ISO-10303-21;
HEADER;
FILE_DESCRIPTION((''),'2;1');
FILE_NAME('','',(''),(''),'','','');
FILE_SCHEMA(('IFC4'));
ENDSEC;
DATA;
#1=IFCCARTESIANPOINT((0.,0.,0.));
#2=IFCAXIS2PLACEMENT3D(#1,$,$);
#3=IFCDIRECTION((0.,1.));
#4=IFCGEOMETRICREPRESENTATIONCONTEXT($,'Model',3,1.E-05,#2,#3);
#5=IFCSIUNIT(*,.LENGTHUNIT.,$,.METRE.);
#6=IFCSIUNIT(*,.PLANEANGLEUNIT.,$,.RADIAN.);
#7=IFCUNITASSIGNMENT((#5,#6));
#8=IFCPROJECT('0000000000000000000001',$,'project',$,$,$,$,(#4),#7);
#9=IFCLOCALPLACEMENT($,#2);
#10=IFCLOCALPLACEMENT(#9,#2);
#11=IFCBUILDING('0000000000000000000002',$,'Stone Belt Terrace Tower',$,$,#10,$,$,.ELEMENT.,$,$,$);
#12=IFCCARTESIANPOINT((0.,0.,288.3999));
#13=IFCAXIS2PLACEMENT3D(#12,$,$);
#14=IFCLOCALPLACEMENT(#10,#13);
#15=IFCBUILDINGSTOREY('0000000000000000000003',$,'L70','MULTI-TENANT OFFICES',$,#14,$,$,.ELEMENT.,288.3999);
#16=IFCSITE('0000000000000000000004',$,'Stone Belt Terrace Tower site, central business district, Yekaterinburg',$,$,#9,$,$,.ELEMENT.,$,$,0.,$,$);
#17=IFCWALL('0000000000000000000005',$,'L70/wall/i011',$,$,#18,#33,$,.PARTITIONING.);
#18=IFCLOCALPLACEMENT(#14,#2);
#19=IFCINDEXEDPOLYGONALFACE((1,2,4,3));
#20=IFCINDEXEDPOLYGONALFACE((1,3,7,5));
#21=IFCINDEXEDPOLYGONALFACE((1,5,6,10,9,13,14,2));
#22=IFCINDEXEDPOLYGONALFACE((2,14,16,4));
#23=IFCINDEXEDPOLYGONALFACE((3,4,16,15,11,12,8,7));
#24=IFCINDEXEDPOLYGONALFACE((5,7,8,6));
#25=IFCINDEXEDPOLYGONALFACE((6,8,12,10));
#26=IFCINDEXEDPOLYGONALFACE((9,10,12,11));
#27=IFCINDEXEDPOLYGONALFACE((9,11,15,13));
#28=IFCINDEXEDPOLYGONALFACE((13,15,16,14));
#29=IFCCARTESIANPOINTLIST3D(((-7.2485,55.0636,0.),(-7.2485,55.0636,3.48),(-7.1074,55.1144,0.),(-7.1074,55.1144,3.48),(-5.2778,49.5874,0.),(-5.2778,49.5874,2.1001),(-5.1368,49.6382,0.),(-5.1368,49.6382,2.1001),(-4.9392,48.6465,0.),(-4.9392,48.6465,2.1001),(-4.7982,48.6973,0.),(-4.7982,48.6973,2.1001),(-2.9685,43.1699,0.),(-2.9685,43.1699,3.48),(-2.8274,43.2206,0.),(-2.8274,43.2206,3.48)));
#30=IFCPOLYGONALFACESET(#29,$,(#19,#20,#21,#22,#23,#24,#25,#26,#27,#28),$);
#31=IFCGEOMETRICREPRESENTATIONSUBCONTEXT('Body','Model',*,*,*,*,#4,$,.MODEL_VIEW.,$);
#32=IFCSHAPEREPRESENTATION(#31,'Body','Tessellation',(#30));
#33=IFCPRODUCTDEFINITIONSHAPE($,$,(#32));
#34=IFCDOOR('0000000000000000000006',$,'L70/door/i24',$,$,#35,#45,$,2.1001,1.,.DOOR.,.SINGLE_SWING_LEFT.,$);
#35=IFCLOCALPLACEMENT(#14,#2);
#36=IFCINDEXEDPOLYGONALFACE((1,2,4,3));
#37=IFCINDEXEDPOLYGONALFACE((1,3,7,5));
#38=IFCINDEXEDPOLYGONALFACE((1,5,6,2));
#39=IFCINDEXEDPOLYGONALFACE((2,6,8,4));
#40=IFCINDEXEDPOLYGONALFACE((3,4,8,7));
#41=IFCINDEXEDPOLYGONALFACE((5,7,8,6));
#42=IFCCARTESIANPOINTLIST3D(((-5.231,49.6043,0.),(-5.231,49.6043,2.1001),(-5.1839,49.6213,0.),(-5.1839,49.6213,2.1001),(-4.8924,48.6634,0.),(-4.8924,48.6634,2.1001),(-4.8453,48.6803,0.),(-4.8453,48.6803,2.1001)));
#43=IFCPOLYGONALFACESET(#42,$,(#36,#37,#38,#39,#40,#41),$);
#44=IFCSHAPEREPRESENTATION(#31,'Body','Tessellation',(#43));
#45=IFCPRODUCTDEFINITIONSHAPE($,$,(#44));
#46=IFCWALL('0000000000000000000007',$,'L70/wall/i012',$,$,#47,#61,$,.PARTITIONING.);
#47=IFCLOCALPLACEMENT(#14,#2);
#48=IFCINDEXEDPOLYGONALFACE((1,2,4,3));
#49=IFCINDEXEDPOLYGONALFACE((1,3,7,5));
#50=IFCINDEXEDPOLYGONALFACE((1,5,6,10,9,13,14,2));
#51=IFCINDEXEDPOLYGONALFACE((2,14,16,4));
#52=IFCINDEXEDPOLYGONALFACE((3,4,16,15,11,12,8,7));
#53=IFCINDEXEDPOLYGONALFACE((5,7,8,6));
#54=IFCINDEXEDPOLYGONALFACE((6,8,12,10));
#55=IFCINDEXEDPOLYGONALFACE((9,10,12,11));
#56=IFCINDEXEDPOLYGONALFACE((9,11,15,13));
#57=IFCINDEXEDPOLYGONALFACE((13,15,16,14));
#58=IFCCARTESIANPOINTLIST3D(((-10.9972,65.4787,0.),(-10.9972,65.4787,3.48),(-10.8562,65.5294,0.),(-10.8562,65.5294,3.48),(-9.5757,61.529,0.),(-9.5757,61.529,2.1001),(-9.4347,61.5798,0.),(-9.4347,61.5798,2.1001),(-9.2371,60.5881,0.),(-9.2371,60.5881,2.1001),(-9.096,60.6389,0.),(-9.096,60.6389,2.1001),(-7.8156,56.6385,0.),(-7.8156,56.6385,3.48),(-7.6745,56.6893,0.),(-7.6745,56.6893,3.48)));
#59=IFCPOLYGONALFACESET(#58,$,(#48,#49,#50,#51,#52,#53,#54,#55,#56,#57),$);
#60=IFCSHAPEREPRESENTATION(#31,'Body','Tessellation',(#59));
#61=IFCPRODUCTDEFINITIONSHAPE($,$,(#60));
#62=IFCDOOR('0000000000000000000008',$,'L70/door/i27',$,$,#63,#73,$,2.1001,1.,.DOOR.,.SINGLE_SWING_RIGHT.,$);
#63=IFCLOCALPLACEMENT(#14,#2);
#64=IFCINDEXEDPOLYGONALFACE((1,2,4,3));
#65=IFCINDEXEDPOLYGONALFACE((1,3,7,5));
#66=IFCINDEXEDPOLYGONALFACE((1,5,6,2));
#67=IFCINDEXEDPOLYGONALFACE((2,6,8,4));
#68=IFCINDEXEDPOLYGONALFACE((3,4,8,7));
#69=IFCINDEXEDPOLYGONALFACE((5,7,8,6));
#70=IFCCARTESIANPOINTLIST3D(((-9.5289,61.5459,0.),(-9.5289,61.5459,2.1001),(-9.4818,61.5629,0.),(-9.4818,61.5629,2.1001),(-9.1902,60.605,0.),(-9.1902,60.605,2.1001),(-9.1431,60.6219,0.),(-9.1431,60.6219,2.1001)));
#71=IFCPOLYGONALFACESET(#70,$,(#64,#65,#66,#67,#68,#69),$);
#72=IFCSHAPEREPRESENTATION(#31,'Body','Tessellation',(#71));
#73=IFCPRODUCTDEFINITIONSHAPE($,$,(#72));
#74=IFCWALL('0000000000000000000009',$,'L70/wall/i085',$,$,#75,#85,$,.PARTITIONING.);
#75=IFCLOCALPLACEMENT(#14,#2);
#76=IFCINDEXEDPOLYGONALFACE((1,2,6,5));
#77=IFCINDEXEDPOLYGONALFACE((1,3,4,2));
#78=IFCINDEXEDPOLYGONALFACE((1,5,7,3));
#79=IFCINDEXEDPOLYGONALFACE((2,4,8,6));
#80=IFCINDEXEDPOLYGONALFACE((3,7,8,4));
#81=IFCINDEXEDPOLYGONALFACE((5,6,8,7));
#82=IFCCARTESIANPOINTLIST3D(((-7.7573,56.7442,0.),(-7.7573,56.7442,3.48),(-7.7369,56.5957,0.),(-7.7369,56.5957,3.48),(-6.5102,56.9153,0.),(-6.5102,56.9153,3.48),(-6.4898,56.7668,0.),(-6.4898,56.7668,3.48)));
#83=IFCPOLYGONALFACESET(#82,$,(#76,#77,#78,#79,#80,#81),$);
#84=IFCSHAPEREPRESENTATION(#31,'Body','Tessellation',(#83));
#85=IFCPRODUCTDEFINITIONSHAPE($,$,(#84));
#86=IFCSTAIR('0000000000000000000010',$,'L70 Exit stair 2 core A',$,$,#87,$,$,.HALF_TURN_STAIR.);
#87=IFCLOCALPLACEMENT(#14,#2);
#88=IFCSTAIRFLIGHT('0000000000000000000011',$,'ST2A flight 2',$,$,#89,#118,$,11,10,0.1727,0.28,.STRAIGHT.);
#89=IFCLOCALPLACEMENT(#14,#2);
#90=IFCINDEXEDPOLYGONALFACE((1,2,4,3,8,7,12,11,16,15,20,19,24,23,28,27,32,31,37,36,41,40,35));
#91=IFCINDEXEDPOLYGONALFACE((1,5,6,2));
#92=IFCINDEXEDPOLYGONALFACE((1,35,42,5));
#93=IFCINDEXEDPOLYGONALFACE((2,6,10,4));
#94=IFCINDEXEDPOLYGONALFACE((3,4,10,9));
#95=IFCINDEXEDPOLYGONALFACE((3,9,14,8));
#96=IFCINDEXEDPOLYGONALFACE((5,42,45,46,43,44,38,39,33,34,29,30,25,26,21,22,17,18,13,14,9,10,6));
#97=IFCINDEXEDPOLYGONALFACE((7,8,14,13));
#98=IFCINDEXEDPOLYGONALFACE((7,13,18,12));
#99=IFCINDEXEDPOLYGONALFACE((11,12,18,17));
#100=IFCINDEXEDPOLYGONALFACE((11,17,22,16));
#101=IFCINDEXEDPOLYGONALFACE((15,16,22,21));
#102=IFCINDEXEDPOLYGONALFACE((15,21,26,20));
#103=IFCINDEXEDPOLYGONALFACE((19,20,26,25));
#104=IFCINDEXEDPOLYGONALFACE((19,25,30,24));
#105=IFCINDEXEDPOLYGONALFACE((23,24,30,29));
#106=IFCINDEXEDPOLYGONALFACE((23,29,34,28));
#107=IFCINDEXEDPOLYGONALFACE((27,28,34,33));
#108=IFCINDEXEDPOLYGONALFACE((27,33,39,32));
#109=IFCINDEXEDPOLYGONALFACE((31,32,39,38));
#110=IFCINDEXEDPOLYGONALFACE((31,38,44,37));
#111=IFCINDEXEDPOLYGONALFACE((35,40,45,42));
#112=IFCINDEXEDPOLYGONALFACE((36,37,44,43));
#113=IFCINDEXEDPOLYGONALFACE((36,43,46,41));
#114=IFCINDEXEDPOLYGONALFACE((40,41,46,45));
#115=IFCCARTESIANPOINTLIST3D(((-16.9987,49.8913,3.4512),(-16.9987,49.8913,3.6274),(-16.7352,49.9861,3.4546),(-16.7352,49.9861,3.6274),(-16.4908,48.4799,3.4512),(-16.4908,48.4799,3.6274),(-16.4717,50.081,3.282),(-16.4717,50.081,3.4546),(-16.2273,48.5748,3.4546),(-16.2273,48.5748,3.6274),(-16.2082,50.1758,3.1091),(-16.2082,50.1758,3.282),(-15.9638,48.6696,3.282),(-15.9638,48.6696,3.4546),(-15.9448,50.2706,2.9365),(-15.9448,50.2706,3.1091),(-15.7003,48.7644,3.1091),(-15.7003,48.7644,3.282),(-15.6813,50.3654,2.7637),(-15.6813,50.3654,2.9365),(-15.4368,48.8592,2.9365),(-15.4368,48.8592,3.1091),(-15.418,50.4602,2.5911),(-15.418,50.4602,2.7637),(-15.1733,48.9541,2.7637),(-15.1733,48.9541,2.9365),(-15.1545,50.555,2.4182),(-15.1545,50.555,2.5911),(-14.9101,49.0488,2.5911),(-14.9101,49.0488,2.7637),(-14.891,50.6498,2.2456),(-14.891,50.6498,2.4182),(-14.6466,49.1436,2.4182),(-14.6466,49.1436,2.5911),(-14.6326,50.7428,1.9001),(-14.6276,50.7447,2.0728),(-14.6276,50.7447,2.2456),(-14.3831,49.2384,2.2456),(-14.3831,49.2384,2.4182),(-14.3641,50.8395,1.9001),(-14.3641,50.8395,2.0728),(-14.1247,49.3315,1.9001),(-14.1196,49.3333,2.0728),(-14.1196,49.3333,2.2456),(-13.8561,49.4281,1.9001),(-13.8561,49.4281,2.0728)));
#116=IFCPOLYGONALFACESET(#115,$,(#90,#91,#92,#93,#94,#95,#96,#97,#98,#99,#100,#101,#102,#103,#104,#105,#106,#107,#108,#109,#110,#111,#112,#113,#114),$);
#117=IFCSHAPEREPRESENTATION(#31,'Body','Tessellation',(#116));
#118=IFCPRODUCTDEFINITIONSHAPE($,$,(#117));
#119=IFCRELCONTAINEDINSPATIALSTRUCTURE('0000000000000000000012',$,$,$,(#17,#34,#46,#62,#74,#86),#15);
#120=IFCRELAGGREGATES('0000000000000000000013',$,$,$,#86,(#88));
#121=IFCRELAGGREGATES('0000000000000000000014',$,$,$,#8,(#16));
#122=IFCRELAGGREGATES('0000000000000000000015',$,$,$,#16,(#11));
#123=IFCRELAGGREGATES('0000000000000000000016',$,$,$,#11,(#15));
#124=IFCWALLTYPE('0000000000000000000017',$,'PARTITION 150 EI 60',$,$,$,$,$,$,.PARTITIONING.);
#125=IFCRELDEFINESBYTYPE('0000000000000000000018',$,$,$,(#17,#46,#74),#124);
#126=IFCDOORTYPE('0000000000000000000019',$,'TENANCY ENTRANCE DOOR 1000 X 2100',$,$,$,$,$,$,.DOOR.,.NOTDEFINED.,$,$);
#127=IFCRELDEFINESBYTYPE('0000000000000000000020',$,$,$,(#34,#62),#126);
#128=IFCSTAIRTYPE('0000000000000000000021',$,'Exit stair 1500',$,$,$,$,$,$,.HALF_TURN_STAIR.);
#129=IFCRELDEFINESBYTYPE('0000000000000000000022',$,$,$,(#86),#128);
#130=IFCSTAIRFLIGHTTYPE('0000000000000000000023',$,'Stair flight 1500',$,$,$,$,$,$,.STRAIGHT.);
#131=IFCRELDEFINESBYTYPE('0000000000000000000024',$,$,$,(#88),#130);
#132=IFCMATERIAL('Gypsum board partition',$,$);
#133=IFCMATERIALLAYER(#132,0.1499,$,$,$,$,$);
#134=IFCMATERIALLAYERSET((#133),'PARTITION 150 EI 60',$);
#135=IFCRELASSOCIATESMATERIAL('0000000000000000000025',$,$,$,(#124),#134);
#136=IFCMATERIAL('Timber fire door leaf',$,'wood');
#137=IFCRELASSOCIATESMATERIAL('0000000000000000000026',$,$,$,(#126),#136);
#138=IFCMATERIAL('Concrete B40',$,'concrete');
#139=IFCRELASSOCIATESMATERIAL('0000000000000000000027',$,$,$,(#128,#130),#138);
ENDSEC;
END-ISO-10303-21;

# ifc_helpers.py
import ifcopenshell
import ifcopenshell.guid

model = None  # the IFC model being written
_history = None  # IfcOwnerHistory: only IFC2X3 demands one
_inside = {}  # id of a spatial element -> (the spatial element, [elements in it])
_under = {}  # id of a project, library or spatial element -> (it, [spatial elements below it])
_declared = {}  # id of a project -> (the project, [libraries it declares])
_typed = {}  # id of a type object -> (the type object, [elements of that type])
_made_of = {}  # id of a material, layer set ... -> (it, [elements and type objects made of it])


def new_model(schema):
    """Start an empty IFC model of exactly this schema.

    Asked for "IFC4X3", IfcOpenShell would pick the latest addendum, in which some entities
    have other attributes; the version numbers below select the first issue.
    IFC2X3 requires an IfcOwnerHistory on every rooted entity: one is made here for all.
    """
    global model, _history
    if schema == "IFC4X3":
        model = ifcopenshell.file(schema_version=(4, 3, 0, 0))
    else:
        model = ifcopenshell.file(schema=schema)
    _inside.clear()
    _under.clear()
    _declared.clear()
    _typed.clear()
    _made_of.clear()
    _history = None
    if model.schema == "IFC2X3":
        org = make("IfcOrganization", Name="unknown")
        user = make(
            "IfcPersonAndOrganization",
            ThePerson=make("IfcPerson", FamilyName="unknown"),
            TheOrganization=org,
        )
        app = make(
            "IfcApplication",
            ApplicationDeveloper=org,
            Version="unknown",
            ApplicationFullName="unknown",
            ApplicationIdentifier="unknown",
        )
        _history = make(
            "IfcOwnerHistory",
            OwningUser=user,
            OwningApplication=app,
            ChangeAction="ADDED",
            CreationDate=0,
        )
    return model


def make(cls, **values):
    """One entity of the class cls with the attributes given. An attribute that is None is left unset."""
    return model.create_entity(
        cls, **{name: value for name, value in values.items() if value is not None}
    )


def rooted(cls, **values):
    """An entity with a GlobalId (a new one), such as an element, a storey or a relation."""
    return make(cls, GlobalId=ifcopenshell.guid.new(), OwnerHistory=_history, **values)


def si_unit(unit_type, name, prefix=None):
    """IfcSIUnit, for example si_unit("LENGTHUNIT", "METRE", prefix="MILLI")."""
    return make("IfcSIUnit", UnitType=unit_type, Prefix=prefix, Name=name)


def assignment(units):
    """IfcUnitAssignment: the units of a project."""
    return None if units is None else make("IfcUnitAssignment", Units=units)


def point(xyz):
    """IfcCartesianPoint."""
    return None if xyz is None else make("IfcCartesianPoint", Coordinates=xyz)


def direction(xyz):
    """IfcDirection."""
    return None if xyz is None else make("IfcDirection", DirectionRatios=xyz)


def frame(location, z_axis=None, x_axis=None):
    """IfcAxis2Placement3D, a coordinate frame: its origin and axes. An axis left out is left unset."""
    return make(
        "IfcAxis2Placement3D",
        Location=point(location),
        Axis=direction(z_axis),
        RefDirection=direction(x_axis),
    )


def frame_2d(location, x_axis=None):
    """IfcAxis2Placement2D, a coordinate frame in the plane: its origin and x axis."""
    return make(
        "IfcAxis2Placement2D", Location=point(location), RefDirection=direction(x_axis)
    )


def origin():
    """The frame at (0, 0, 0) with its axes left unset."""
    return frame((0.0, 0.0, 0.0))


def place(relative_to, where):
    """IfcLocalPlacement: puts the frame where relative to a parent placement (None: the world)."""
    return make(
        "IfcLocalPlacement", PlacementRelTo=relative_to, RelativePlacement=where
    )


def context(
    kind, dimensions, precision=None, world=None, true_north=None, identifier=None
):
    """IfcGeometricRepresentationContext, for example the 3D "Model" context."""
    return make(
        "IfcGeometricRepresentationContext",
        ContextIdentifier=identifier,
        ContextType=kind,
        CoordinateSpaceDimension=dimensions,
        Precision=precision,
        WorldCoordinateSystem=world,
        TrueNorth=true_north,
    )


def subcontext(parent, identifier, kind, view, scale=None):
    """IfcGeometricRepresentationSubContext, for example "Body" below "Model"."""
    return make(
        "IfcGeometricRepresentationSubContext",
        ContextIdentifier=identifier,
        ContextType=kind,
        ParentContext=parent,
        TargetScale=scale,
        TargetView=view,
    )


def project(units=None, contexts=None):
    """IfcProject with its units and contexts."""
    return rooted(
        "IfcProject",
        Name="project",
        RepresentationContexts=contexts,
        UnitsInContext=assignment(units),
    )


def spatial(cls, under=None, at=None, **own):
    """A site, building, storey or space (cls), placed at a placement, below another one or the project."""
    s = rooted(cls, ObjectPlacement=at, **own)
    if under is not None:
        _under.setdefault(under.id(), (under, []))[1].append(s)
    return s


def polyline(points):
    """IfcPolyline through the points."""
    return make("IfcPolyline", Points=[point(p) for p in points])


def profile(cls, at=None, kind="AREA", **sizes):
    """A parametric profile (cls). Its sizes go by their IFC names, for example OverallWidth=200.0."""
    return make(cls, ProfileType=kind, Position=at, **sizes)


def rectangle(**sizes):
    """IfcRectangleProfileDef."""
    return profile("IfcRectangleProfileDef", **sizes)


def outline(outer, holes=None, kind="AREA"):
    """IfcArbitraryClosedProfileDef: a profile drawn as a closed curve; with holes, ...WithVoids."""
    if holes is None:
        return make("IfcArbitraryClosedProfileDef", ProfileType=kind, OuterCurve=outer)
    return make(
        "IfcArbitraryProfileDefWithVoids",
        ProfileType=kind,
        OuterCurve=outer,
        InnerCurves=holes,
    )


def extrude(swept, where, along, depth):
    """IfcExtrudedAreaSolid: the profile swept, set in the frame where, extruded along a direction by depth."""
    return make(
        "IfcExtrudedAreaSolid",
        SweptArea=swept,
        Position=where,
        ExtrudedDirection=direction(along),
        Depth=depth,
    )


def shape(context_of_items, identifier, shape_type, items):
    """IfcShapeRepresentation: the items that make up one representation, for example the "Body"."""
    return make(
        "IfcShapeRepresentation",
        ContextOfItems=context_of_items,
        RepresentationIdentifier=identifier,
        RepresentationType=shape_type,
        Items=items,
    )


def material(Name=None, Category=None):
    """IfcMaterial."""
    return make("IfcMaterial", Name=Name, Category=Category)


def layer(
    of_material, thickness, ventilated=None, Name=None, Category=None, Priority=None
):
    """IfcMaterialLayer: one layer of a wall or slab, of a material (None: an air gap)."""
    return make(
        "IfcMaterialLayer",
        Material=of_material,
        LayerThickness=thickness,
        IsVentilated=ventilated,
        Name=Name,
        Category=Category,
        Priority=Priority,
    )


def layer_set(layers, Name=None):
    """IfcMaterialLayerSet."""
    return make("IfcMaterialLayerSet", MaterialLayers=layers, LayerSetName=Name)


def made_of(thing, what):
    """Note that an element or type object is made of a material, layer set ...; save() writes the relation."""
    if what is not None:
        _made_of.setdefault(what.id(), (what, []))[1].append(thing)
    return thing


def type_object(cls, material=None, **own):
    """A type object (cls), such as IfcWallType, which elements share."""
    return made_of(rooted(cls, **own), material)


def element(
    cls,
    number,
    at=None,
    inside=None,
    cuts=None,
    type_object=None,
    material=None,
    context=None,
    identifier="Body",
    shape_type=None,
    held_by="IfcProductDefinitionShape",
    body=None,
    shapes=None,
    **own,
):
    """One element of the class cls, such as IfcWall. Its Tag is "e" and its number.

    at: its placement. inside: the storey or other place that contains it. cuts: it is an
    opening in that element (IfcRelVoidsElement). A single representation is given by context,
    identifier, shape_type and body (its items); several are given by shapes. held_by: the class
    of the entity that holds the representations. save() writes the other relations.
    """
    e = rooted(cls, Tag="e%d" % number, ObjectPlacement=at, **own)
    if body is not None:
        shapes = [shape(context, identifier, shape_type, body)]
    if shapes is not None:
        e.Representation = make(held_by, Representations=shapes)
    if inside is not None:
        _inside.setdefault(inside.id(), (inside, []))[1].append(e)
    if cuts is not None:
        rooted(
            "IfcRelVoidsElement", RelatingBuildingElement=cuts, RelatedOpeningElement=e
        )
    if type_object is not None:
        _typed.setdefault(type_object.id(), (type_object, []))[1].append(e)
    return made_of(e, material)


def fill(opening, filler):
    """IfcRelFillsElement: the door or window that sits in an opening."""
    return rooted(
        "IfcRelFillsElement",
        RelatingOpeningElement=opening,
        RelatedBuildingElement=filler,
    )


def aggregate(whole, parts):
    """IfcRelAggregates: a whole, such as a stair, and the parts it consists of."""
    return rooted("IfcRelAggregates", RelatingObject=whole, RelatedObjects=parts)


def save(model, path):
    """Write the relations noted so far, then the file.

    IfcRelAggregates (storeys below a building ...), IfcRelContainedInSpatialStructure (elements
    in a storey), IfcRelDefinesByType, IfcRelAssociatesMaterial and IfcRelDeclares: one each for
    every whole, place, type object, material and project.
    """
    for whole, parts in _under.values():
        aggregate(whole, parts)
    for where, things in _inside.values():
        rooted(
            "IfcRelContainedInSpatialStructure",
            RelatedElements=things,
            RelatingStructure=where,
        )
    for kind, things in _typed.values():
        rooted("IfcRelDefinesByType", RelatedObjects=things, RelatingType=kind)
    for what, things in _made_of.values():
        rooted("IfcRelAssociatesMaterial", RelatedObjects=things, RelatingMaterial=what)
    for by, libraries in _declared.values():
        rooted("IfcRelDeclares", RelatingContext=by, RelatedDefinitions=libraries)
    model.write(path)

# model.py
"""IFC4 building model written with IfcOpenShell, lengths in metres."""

from ifc_helpers import new_model, si_unit, direction, frame, frame_2d, origin, place, context, subcontext, project, spatial, polyline, rectangle, outline, extrude, material, layer, layer_set, type_object, element, fill, aggregate, save


model = new_model("IFC4")

# Units and contexts
model_context = context("Model", 3, precision=1e-05, world=origin(), true_north=direction((0.0, 1.0)))
body_context = subcontext(model_context, "Body", "Model", "MODEL_VIEW")
ifc_project = project(units=[si_unit("LENGTHUNIT", "METRE"), si_unit("PLANEANGLEUNIT", "RADIAN")], contexts=[model_context])

# Site, building, storey
site_placement = place(None, origin())
site = spatial("IfcSite", under=ifc_project, at=site_placement, Name="Stone Belt Terrace Tower site, central business district, Yekaterinburg", CompositionType="ELEMENT", RefElevation=0.0)
building_placement = place(site_placement, origin())
building = spatial("IfcBuilding", under=site, at=building_placement, Name="Stone Belt Terrace Tower", CompositionType="ELEMENT")
storey_placement = place(building_placement, frame((0.0, 0.0, 288.3999)))
storey = spatial("IfcBuildingStorey", under=building, at=storey_placement, Name="L70", Description="MULTI-TENANT OFFICES", CompositionType="ELEMENT", Elevation=288.3999)

# Walls, openings, doors
ifc_material_1 = material(Name="Gypsum board partition")
ifc_layer_1 = layer(ifc_material_1, 0.1499)
ifc_layer_set_1 = layer_set([ifc_layer_1], Name="PARTITION 150 EI 60")
wall_type_1 = type_object("IfcWallType", Name="PARTITION 150 EI 60", PredefinedType="PARTITIONING", material=ifc_layer_set_1)
wall_1_placement = place(storey_placement, frame((-7.178, 55.0891, 0.0), z_axis=(0.0, 0.0, 1.0), x_axis=(0.338598, -0.940931, 0.0)))
wall_1 = element("IfcWall", 1, at=wall_1_placement, inside=storey, type_object=wall_type_1, Name="L70/wall/i011", PredefinedType="PARTITIONING", context=body_context, shape_type="SweptSolid", body=[
    extrude(rectangle(XDim=12.6404, YDim=0.1499, at=frame_2d((6.3203, 0.0))), origin(), (0.0, 0.0, 1.0), 3.48),
])
opening_1_placement = place(wall_1_placement, frame((5.8201, 0.0, 0.0)))
opening_1 = element("IfcOpeningElement", 2, at=opening_1_placement, cuts=wall_1, PredefinedType="OPENING", context=body_context, shape_type="SweptSolid", body=[
    extrude(rectangle(XDim=1.0, YDim=2.1001, at=frame_2d((0.5, 1.05))), frame((0.0, 0.085, 0.0), z_axis=(0.0, -1.0, 0.0), x_axis=(1.0, 0.0, 0.0)), (0.0, 0.0, 1.0), 0.1699),
])
ifc_material_2 = material(Name="Timber fire door leaf", Category="wood")
door_type_1 = type_object("IfcDoorType", Name="TENANCY ENTRANCE DOOR 1000 X 2100", OperationType="NOTDEFINED", PredefinedType="DOOR", material=ifc_material_2)
door_1_placement = place(opening_1_placement, origin())
door_1 = element("IfcDoor", 3, at=door_1_placement, inside=storey, type_object=door_type_1, Name="L70/door/i24", OperationType="SINGLE_SWING_LEFT", OverallHeight=2.1001, OverallWidth=1.0, PredefinedType="DOOR", context=body_context, shape_type="SweptSolid", body=[
    extrude(rectangle(XDim=1.0, YDim=2.1001, at=frame_2d((0.5, 1.05))), frame((0.0, 0.0249, 0.0), z_axis=(0.0, -1.0, 0.0), x_axis=(1.0, 0.0, 0.0)), (0.0, 0.0, 1.0), 0.05),
])
fill(opening_1, door_1)
wall_2_placement = place(storey_placement, frame((-10.9268, 65.5042, 0.0), z_axis=(0.0, 0.0, 1.0), x_axis=(0.338645, -0.940914, 0.0)))
wall_2 = element("IfcWall", 4, at=wall_2_placement, inside=storey, type_object=wall_type_1, Name="L70/wall/i012", PredefinedType="PARTITIONING", context=body_context, shape_type="SweptSolid", body=[
    extrude(rectangle(XDim=9.3953, YDim=0.1499, at=frame_2d((4.6978, 0.0))), origin(), (0.0, 0.0, 1.0), 3.48),
])
opening_2_placement = place(wall_2_placement, frame((4.1978, 0.0, 0.0)))
opening_2 = element("IfcOpeningElement", 5, at=opening_2_placement, cuts=wall_2, PredefinedType="OPENING", context=body_context, shape_type="SweptSolid", body=[
    extrude(rectangle(XDim=1.0, YDim=2.1001, at=frame_2d((0.5, 1.05))), frame((0.0, 0.085, 0.0), z_axis=(0.0, -1.0, 0.0), x_axis=(1.0, 0.0, 0.0)), (0.0, 0.0, 1.0), 0.1699),
])
door_2_placement = place(opening_2_placement, origin())
door_2 = element("IfcDoor", 6, at=door_2_placement, inside=storey, type_object=door_type_1, Name="L70/door/i27", OperationType="SINGLE_SWING_RIGHT", OverallHeight=2.1001, OverallWidth=1.0, PredefinedType="DOOR", context=body_context, shape_type="SweptSolid", body=[
    extrude(rectangle(XDim=1.0, YDim=2.1001, at=frame_2d((0.5, 1.05))), frame((0.0, 0.0249, 0.0), z_axis=(0.0, -1.0, 0.0), x_axis=(1.0, 0.0, 0.0)), (0.0, 0.0, 1.0), 0.05),
])
fill(opening_2, door_2)

# Wall
wall_3_placement = place(storey_placement, frame((-7.7471, 56.6699, 0.0), z_axis=(0.0, 0.0, 1.0), x_axis=(0.990714, 0.135961, 0.0)))
element("IfcWall", 7, at=wall_3_placement, inside=storey, type_object=wall_type_1, Name="L70/wall/i085", PredefinedType="PARTITIONING", context=body_context, shape_type="SweptSolid", body=[
    extrude(rectangle(XDim=1.2588, YDim=0.1499, at=frame_2d((0.6294, 0.0))), origin(), (0.0, 0.0, 1.0), 3.48),
])

# Stair, stair flight
ifc_material_3 = material(Name="Concrete B40", Category="concrete")
stair_type = type_object("IfcStairType", Name="Exit stair 1500", PredefinedType="HALF_TURN_STAIR", material=ifc_material_3)
stair_placement = place(storey_placement, origin())
stair = element("IfcStair", 8, at=stair_placement, inside=storey, type_object=stair_type, Name="L70 Exit stair 2 core A", PredefinedType="HALF_TURN_STAIR")
stair_flight_type = type_object("IfcStairFlightType", Name="Stair flight 1500", PredefinedType="STRAIGHT", material=ifc_material_3)
stair_flight_placement = place(storey_placement, frame((-14.1101, 50.1338, 1.9001), z_axis=(0.0, 0.0, 1.0), x_axis=(-0.940922, -0.338624, 0.0)))
stair_flight = element("IfcStairFlight", 9, at=stair_flight_placement, type_object=stair_flight_type, Name="ST2A flight 2", NumberOfRisers=11, NumberOfTreads=10, PredefinedType="STRAIGHT", RiserHeight=0.1727, TreadLength=0.28, context=body_context, shape_type="SweptSolid", body=[
    extrude(outline(polyline([(0.0, 0.0), (0.0, 0.1726), (0.28, 0.1726), (0.28, 0.3455), (0.5601, 0.3455), (0.5601, 0.5181), (0.8401, 0.5181), (0.8401, 0.6909), (1.1201, 0.6909), (1.1201, 0.8635), (1.3999, 0.8635), (1.3999, 1.0364), (1.6799, 1.0364), (1.6799, 1.209), (1.96, 1.209), (1.96, 1.3818), (2.24, 1.3818), (2.24, 1.5544), (2.52, 1.5544), (2.52, 1.7273), (2.8, 1.7273), (2.8, 1.8999), (2.8, 1.551), (0.2854, 0.0), (0.0, 0.0)])), frame((0.0, 0.75, 0.0), z_axis=(0.0, -1.0, 0.0), x_axis=(1.0, 0.0, 0.0)), (0.0, 0.0, 1.0), 1.5),
])
aggregate(stair, [stair_flight])

save(model, "model.ifc")
